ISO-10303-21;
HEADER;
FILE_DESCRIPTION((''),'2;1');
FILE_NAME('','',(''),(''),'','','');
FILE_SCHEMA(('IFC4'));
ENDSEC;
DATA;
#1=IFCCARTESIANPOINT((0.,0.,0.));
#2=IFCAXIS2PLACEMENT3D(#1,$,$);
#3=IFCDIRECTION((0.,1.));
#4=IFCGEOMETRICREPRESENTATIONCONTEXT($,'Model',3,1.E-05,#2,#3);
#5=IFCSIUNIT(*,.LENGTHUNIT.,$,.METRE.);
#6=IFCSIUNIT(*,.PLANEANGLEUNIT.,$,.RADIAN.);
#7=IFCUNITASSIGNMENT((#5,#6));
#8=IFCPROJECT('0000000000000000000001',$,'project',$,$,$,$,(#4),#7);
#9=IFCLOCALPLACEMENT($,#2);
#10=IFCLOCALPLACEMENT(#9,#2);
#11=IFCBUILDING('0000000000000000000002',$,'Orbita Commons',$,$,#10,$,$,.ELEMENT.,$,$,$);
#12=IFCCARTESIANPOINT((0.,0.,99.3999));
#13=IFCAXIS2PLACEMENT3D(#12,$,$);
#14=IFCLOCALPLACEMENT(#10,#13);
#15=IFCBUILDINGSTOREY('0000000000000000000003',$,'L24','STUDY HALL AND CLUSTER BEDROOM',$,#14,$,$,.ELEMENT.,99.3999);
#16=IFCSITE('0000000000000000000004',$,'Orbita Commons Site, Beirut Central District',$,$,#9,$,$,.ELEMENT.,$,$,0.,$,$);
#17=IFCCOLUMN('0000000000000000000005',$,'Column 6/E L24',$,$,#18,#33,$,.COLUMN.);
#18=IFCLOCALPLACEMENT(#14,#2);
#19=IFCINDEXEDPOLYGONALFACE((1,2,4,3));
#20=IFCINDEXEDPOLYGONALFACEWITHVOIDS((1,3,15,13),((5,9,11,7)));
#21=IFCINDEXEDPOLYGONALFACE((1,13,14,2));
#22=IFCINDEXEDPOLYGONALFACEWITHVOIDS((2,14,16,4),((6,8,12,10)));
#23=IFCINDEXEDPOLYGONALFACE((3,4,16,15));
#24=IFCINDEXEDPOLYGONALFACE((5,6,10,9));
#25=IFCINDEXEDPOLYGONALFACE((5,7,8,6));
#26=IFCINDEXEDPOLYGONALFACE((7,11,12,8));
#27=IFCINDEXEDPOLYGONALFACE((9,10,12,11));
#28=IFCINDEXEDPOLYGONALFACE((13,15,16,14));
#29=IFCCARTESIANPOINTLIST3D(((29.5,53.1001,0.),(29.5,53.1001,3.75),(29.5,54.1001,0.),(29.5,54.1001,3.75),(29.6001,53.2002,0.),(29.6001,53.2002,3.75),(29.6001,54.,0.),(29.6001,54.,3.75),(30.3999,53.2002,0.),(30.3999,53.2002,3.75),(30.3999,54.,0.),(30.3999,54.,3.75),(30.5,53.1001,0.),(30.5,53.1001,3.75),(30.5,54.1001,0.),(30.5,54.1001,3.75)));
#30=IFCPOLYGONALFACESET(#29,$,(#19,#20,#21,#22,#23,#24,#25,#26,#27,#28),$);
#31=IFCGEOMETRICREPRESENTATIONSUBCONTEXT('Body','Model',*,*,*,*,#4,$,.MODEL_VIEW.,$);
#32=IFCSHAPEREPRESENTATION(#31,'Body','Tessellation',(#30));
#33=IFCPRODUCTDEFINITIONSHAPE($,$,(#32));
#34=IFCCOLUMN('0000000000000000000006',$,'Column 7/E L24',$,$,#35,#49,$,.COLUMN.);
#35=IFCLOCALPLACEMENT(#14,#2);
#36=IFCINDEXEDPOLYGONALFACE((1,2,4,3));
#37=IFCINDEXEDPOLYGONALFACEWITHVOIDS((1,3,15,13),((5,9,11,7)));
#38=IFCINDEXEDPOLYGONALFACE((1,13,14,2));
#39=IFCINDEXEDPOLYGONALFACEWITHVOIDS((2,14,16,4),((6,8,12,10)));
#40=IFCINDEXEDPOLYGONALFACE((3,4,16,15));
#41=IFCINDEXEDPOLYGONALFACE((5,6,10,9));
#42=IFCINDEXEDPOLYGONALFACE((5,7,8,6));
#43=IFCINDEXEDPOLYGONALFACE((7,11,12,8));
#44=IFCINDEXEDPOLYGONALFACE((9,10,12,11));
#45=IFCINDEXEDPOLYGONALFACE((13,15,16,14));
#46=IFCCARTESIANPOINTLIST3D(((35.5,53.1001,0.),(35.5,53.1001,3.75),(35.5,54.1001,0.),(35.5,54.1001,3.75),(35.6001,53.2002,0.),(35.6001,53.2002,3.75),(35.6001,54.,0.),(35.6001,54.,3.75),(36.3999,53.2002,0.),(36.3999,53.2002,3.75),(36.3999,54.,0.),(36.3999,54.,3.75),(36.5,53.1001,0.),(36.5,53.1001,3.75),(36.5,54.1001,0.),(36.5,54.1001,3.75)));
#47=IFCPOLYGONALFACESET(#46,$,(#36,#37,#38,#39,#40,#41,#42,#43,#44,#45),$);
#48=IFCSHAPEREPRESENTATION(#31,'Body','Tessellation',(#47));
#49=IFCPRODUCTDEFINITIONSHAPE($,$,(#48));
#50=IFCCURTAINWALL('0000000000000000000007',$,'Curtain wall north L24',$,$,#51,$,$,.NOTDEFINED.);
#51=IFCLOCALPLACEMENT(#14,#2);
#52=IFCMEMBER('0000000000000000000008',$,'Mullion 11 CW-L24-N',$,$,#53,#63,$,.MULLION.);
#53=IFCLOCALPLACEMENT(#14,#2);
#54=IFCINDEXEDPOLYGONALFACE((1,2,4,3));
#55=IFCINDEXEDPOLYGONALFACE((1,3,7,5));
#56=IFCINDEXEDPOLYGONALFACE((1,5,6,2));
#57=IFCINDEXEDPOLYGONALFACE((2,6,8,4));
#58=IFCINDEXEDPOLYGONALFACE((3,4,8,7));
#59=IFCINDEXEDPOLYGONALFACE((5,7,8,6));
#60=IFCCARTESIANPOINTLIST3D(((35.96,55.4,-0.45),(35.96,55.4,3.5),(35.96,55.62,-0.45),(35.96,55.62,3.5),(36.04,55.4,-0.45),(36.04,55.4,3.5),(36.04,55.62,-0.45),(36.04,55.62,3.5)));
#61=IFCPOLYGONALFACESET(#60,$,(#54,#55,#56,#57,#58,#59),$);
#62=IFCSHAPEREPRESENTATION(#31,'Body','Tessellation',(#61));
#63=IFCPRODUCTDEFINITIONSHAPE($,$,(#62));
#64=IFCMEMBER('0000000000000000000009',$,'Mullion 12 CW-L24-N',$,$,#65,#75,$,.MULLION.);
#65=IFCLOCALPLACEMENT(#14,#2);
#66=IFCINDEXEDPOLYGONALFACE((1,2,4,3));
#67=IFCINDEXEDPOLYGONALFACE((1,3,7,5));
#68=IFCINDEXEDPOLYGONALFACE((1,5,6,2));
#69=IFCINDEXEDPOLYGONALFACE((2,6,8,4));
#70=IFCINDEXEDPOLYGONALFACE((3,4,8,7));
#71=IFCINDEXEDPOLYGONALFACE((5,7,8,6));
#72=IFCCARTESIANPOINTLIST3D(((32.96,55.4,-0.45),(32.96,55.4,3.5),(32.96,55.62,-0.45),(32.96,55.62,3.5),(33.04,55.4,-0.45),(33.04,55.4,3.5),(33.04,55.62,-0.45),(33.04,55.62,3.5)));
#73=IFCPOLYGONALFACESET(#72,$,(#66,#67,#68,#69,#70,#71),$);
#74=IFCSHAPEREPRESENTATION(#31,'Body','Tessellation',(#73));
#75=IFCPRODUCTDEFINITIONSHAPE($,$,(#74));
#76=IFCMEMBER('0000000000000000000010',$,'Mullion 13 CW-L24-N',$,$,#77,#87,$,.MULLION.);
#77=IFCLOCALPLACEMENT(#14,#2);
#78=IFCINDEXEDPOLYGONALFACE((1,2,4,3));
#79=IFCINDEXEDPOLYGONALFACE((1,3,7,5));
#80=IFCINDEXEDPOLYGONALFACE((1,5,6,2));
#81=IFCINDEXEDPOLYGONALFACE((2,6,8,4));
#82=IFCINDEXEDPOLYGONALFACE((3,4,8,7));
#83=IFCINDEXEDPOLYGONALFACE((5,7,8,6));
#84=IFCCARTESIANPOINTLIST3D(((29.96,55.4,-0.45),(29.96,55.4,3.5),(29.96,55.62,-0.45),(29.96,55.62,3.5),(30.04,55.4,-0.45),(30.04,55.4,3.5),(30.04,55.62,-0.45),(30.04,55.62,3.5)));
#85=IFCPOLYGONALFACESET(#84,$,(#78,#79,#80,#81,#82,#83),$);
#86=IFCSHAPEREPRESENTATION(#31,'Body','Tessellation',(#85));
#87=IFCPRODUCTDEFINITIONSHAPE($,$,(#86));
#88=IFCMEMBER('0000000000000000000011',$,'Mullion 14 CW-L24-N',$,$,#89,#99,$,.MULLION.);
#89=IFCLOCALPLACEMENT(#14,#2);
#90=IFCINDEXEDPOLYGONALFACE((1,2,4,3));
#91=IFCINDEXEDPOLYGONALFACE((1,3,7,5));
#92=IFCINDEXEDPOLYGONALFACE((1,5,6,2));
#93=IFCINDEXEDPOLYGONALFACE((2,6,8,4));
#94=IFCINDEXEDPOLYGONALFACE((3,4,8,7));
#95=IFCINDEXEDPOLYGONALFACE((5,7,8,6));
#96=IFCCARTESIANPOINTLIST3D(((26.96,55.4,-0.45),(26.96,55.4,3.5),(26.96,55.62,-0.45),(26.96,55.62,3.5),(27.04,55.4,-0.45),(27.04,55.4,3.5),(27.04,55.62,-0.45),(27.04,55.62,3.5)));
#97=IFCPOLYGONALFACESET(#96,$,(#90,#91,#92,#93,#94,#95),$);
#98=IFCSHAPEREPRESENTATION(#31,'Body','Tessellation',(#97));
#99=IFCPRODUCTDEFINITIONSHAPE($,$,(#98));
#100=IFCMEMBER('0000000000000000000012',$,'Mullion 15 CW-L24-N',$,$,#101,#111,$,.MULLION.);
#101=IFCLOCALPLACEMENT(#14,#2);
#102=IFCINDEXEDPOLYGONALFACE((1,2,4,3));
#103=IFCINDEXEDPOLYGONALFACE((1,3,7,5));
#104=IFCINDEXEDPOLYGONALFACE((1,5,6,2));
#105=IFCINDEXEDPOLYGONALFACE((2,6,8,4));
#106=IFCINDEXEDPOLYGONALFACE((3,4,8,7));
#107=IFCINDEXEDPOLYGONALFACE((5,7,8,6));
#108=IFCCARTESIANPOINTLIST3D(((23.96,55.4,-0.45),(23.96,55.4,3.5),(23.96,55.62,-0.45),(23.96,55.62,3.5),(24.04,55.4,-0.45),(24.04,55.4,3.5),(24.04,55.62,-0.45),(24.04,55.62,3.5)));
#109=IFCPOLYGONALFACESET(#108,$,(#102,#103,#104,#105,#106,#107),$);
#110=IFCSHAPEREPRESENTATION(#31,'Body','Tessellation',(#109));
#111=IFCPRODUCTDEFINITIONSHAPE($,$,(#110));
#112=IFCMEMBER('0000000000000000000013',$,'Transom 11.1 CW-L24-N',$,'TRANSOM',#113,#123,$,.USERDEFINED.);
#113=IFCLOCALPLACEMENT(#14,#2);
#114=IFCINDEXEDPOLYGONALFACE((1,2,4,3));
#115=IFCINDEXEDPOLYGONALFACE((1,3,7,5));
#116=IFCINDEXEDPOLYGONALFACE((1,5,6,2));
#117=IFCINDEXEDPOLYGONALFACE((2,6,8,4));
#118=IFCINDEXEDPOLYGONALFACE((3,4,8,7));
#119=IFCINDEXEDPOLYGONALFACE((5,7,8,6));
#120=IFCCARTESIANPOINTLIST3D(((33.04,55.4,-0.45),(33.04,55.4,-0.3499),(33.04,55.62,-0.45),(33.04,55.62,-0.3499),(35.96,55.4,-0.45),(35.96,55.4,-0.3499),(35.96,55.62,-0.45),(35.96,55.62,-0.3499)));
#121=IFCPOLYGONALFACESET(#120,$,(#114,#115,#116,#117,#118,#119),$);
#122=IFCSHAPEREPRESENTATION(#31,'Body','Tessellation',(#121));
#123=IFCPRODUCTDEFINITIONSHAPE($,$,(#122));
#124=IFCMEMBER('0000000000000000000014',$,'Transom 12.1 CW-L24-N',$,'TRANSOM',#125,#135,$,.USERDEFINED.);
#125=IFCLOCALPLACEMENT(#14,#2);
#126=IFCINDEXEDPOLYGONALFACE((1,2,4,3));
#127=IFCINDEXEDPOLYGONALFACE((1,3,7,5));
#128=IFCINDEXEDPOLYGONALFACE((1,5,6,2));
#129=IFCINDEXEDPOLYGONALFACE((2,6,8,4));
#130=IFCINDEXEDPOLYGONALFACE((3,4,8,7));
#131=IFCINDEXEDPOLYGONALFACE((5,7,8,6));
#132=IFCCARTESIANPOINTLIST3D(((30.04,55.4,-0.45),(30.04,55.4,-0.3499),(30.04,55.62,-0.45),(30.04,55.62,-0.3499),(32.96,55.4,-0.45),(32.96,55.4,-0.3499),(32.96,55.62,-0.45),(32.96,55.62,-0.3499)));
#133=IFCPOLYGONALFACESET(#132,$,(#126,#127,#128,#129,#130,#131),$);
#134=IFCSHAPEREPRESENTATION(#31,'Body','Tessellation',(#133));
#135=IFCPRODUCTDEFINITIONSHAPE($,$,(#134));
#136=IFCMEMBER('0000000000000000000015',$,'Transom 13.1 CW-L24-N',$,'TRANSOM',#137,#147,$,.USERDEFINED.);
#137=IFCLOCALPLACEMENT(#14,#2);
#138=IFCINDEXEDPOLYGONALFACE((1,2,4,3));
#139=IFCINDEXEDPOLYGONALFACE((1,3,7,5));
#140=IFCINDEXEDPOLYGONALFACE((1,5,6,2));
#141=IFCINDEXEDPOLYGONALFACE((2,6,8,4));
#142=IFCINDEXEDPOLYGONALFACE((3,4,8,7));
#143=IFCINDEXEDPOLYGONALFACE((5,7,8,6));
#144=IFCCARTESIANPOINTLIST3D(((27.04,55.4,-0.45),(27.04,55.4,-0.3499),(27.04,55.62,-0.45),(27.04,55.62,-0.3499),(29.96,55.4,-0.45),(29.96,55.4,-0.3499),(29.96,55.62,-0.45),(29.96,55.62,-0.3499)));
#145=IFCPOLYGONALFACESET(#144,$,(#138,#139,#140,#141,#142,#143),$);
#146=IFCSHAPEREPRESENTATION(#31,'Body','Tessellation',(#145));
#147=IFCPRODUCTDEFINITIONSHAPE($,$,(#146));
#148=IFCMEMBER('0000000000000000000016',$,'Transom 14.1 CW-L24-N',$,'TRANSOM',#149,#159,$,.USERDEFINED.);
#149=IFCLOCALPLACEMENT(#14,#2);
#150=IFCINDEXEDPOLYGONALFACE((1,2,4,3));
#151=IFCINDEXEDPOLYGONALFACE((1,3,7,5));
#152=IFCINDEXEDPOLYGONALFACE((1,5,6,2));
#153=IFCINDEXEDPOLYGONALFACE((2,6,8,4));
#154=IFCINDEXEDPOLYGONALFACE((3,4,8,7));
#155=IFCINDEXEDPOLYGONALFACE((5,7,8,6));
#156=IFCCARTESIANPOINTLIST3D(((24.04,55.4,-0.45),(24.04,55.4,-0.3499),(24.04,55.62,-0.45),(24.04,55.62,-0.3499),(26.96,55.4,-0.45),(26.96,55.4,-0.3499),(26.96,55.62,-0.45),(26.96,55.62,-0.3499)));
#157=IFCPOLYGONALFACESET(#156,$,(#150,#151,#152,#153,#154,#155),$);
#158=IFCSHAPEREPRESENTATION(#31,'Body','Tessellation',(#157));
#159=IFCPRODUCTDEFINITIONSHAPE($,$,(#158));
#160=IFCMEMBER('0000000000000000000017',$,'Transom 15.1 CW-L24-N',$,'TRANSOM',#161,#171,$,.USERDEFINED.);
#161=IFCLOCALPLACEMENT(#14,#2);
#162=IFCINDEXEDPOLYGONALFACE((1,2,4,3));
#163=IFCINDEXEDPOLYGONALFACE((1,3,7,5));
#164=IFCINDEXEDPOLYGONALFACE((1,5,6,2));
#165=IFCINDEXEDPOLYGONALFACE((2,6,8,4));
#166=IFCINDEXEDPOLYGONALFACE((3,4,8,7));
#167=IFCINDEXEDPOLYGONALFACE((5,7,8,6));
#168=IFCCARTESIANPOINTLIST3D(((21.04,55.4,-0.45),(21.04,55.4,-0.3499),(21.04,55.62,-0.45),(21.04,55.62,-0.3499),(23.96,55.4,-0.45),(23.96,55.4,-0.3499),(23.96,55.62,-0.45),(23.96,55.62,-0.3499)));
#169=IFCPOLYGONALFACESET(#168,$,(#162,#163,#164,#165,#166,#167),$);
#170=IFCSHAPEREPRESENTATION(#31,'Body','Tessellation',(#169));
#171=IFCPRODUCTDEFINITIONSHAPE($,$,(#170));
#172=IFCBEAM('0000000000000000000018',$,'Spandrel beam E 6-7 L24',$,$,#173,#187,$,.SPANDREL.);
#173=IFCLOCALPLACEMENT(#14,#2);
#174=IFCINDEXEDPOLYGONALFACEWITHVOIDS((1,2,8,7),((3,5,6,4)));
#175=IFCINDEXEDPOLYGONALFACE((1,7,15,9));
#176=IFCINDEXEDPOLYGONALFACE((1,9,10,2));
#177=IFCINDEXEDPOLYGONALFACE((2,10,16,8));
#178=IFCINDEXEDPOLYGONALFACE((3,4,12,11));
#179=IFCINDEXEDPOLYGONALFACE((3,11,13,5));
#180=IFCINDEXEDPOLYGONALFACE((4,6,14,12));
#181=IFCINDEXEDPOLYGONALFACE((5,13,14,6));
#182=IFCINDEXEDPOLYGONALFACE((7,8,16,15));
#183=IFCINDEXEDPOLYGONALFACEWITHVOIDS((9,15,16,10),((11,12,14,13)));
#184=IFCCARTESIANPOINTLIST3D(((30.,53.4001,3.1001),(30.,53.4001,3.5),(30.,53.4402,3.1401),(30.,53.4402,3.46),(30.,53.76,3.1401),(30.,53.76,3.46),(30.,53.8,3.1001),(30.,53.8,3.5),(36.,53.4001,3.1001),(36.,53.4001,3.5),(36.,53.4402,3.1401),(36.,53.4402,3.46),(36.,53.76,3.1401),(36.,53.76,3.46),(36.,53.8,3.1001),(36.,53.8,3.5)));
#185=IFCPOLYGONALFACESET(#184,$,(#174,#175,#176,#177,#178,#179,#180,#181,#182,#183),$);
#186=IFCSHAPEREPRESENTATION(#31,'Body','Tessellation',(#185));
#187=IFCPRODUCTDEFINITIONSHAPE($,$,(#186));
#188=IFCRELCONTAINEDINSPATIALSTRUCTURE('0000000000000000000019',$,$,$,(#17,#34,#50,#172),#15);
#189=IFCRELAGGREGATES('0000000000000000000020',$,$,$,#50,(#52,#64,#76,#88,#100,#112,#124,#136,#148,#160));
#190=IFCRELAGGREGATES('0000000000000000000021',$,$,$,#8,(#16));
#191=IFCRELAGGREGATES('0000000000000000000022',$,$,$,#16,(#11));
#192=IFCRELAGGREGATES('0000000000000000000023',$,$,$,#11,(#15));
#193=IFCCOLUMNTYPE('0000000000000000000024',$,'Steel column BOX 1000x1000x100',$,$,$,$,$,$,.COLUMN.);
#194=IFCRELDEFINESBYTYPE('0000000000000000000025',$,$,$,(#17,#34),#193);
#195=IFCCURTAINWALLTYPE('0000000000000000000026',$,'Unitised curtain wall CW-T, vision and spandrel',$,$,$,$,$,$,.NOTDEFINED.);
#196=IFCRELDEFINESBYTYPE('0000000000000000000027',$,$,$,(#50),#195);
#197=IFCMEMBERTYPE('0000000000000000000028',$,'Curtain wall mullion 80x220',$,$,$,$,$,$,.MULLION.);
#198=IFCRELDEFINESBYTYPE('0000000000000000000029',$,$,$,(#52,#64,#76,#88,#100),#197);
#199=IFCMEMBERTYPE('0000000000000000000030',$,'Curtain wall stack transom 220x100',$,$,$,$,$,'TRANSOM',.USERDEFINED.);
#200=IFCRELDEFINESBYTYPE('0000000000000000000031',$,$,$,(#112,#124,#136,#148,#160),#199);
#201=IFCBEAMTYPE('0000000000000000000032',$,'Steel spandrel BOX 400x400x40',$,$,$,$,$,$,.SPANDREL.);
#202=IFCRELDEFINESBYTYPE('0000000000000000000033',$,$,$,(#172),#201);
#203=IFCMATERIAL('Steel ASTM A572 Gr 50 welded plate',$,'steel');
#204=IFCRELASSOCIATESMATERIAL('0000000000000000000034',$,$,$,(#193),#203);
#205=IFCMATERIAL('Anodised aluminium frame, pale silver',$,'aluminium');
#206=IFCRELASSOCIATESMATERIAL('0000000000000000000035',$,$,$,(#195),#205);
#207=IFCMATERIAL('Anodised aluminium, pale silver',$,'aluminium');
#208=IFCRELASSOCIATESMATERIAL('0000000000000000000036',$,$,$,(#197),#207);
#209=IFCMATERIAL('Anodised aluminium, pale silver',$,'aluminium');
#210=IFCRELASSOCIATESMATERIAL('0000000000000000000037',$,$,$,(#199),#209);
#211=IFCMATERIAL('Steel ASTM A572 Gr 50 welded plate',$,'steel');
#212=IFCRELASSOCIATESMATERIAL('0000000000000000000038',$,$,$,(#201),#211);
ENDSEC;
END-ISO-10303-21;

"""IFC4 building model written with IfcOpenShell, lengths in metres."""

from ifc_helpers import new_model, si_unit, direction, frame, origin, origin_2d, place, context, subcontext, project, spatial, rectangle, hollow_rectangle, extrude, material, material_profile, profile_set, type_object, element, aggregate, save


model = new_model("IFC4")

# Units and contexts
model_context = context("Model", 3, precision=1e-05, world=origin(), true_north=direction((0.0, 1.0)))
body_context = subcontext(model_context, "Body", "Model", "MODEL_VIEW")
ifc_project = project(units=[si_unit("LENGTHUNIT", "METRE"), si_unit("PLANEANGLEUNIT", "RADIAN")], contexts=[model_context])

# Site, building, storey
site_placement = place(None, origin())
site = spatial("IfcSite", under=ifc_project, at=site_placement, Name="Orbita Commons Site, Beirut Central District", CompositionType="ELEMENT", RefElevation=0.0)
building_placement = place(site_placement, origin())
building = spatial("IfcBuilding", under=site, at=building_placement, Name="Orbita Commons", CompositionType="ELEMENT")
storey_placement = place(building_placement, frame((0.0, 0.0, 99.3999)))
storey = spatial("IfcBuildingStorey", under=building, at=storey_placement, Name="L24", Description="STUDY HALL AND CLUSTER BEDROOM", CompositionType="ELEMENT", Elevation=99.3999)

# Columns
ifc_material_1 = material(Name="Steel ASTM A572 Gr 50 welded plate", Category="steel")
ifc_material_profile_1 = material_profile(ifc_material_1, hollow_rectangle(XDim=1.0, YDim=1.0, WallThickness=0.1001, at=origin_2d()), Name="BOX 1000x1000x100")
ifc_profile_set_1 = profile_set([ifc_material_profile_1], Name="Steel ASTM A572 Gr 50 welded plate")
column_type = type_object("IfcColumnType", Name="Steel column BOX 1000x1000x100", PredefinedType="COLUMN", material=ifc_profile_set_1)
for number, where, z_axis, x_axis, name in (
    (1, (30.0, 53.6001, 0.0), (0.0, 0.0, 1.0), (1.0, 0.0, 0.0), "Column 6/E L24"),
    (2, (36.0, 53.6001, 0.0), (0.0, 0.0, 1.0), (1.0, 0.0, 0.0), "Column 7/E L24"),
):
    element("IfcColumn", number, at=place(storey_placement, frame(where, z_axis=z_axis, x_axis=x_axis)), inside=storey, type_object=column_type, Name=name, PredefinedType="COLUMN", context=body_context, shape_type="SweptSolid", body=[
        extrude(hollow_rectangle(XDim=1.0, YDim=1.0, WallThickness=0.1001, at=origin_2d()), origin(), (0.0, 0.0, 1.0), 3.75),
    ])

# Curtain wall, members
ifc_material_2 = material(Name="Anodised aluminium frame, pale silver", Category="aluminium")
curtain_wall_type = type_object("IfcCurtainWallType", Name="Unitised curtain wall CW-T, vision and spandrel", PredefinedType="NOTDEFINED", material=ifc_material_2)
curtain_wall_placement = place(storey_placement, origin())
curtain_wall = element("IfcCurtainWall", 3, at=curtain_wall_placement, inside=storey, type_object=curtain_wall_type, Name="Curtain wall north L24", PredefinedType="NOTDEFINED")
ifc_material_3 = material(Name="Anodised aluminium, pale silver", Category="aluminium")
ifc_material_profile_2 = material_profile(ifc_material_3, rectangle(XDim=0.0801, YDim=0.22, at=origin_2d()), Name="AL 80x220")
ifc_profile_set_2 = profile_set([ifc_material_profile_2], Name="Anodised aluminium, pale silver")
member_type_1 = type_object("IfcMemberType", Name="Curtain wall mullion 80x220", PredefinedType="MULLION", material=ifc_profile_set_2)
member_1_placement = place(storey_placement, frame((36.0, 55.51, -0.45), z_axis=(0.0, 0.0, 1.0), x_axis=(-1.0, 0.0, 0.0)))
member_1 = element("IfcMember", 4, at=member_1_placement, type_object=member_type_1, Name="Mullion 11 CW-L24-N", PredefinedType="MULLION", context=body_context, shape_type="SweptSolid", body=[
    extrude(rectangle(XDim=0.0801, YDim=0.22, at=origin_2d()), origin(), (0.0, 0.0, 1.0), 3.95),
])
member_2_placement = place(storey_placement, frame((33.0, 55.51, -0.45), z_axis=(0.0, 0.0, 1.0), x_axis=(-1.0, 0.0, 0.0)))
member_2 = element("IfcMember", 5, at=member_2_placement, type_object=member_type_1, Name="Mullion 12 CW-L24-N", PredefinedType="MULLION", context=body_context, shape_type="SweptSolid", body=[
    extrude(rectangle(XDim=0.0801, YDim=0.22, at=origin_2d()), origin(), (0.0, 0.0, 1.0), 3.95),
])
member_3_placement = place(storey_placement, frame((30.0, 55.51, -0.45), z_axis=(0.0, 0.0, 1.0), x_axis=(-1.0, 0.0, 0.0)))
member_3 = element("IfcMember", 6, at=member_3_placement, type_object=member_type_1, Name="Mullion 13 CW-L24-N", PredefinedType="MULLION", context=body_context, shape_type="SweptSolid", body=[
    extrude(rectangle(XDim=0.0801, YDim=0.22, at=origin_2d()), origin(), (0.0, 0.0, 1.0), 3.95),
])
member_4_placement = place(storey_placement, frame((27.0, 55.51, -0.45), z_axis=(0.0, 0.0, 1.0), x_axis=(-1.0, 0.0, 0.0)))
member_4 = element("IfcMember", 7, at=member_4_placement, type_object=member_type_1, Name="Mullion 14 CW-L24-N", PredefinedType="MULLION", context=body_context, shape_type="SweptSolid", body=[
    extrude(rectangle(XDim=0.0801, YDim=0.22, at=origin_2d()), origin(), (0.0, 0.0, 1.0), 3.95),
])
member_5_placement = place(storey_placement, frame((24.0, 55.51, -0.45), z_axis=(0.0, 0.0, 1.0), x_axis=(-1.0, 0.0, 0.0)))
member_5 = element("IfcMember", 8, at=member_5_placement, type_object=member_type_1, Name="Mullion 15 CW-L24-N", PredefinedType="MULLION", context=body_context, shape_type="SweptSolid", body=[
    extrude(rectangle(XDim=0.0801, YDim=0.22, at=origin_2d()), origin(), (0.0, 0.0, 1.0), 3.95),
])
ifc_material_4 = material(Name="Anodised aluminium, pale silver", Category="aluminium")
ifc_material_profile_3 = material_profile(ifc_material_4, rectangle(XDim=0.22, YDim=0.1001, at=origin_2d()), Name="AL 220x100")
ifc_profile_set_3 = profile_set([ifc_material_profile_3], Name="Anodised aluminium, pale silver")
member_type_2 = type_object("IfcMemberType", Name="Curtain wall stack transom 220x100", ElementType="TRANSOM", PredefinedType="USERDEFINED", material=ifc_profile_set_3)
member_6_placement = place(storey_placement, frame((35.96, 55.51, -0.3999), z_axis=(-1.0, 0.0, 0.0), x_axis=(0.0, -1.0, 0.0)))
member_6 = element("IfcMember", 9, at=member_6_placement, type_object=member_type_2, Name="Transom 11.1 CW-L24-N", ObjectType="TRANSOM", PredefinedType="USERDEFINED", context=body_context, shape_type="SweptSolid", body=[
    extrude(rectangle(XDim=0.22, YDim=0.1001, at=origin_2d()), origin(), (0.0, 0.0, 1.0), 2.9199),
])
member_7_placement = place(storey_placement, frame((32.96, 55.51, -0.3999), z_axis=(-1.0, 0.0, 0.0), x_axis=(0.0, -1.0, 0.0)))
member_7 = element("IfcMember", 10, at=member_7_placement, type_object=member_type_2, Name="Transom 12.1 CW-L24-N", ObjectType="TRANSOM", PredefinedType="USERDEFINED", context=body_context, shape_type="SweptSolid", body=[
    extrude(rectangle(XDim=0.22, YDim=0.1001, at=origin_2d()), origin(), (0.0, 0.0, 1.0), 2.9199),
])
member_8_placement = place(storey_placement, frame((29.96, 55.51, -0.3999), z_axis=(-1.0, 0.0, 0.0), x_axis=(0.0, -1.0, 0.0)))
member_8 = element("IfcMember", 11, at=member_8_placement, type_object=member_type_2, Name="Transom 13.1 CW-L24-N", ObjectType="TRANSOM", PredefinedType="USERDEFINED", context=body_context, shape_type="SweptSolid", body=[
    extrude(rectangle(XDim=0.22, YDim=0.1001, at=origin_2d()), origin(), (0.0, 0.0, 1.0), 2.9199),
])
member_9_placement = place(storey_placement, frame((26.96, 55.51, -0.3999), z_axis=(-1.0, 0.0, 0.0), x_axis=(0.0, -1.0, 0.0)))
member_9 = element("IfcMember", 12, at=member_9_placement, type_object=member_type_2, Name="Transom 14.1 CW-L24-N", ObjectType="TRANSOM", PredefinedType="USERDEFINED", context=body_context, shape_type="SweptSolid", body=[
    extrude(rectangle(XDim=0.22, YDim=0.1001, at=origin_2d()), origin(), (0.0, 0.0, 1.0), 2.9199),
])
member_10_placement = place(storey_placement, frame((23.96, 55.51, -0.3999), z_axis=(-1.0, 0.0, 0.0), x_axis=(0.0, -1.0, 0.0)))
member_10 = element("IfcMember", 13, at=member_10_placement, type_object=member_type_2, Name="Transom 15.1 CW-L24-N", ObjectType="TRANSOM", PredefinedType="USERDEFINED", context=body_context, shape_type="SweptSolid", body=[
    extrude(rectangle(XDim=0.22, YDim=0.1001, at=origin_2d()), origin(), (0.0, 0.0, 1.0), 2.9199),
])

# Beam
ifc_material_5 = material(Name="Steel ASTM A572 Gr 50 welded plate", Category="steel")
ifc_material_profile_4 = material_profile(ifc_material_5, hollow_rectangle(XDim=0.3999, YDim=0.3999, WallThickness=0.04, at=origin_2d()), Name="BOX 400x400x40")
ifc_profile_set_4 = profile_set([ifc_material_profile_4], Name="Steel ASTM A572 Gr 50 welded plate")
beam_type = type_object("IfcBeamType", Name="Steel spandrel BOX 400x400x40", PredefinedType="SPANDREL", material=ifc_profile_set_4)
for number, where, z_axis, x_axis, name in (
    (14, (30.0, 53.6001, 3.3), (1.0, 0.0, 0.0), (0.0, 1.0, 0.0), "Spandrel beam E 6-7 L24"),
):
    element("IfcBeam", number, at=place(storey_placement, frame(where, z_axis=z_axis, x_axis=x_axis)), inside=storey, type_object=beam_type, Name=name, PredefinedType="SPANDREL", context=body_context, shape_type="SweptSolid", body=[
        extrude(hollow_rectangle(XDim=0.3999, YDim=0.3999, WallThickness=0.04, at=origin_2d()), origin(), (0.0, 0.0, 1.0), 6.0),
    ])

aggregate(curtain_wall, [member_1, member_2, member_3, member_4, member_5, member_6, member_7, member_8, member_9, member_10])

save(model, "model.ifc")
